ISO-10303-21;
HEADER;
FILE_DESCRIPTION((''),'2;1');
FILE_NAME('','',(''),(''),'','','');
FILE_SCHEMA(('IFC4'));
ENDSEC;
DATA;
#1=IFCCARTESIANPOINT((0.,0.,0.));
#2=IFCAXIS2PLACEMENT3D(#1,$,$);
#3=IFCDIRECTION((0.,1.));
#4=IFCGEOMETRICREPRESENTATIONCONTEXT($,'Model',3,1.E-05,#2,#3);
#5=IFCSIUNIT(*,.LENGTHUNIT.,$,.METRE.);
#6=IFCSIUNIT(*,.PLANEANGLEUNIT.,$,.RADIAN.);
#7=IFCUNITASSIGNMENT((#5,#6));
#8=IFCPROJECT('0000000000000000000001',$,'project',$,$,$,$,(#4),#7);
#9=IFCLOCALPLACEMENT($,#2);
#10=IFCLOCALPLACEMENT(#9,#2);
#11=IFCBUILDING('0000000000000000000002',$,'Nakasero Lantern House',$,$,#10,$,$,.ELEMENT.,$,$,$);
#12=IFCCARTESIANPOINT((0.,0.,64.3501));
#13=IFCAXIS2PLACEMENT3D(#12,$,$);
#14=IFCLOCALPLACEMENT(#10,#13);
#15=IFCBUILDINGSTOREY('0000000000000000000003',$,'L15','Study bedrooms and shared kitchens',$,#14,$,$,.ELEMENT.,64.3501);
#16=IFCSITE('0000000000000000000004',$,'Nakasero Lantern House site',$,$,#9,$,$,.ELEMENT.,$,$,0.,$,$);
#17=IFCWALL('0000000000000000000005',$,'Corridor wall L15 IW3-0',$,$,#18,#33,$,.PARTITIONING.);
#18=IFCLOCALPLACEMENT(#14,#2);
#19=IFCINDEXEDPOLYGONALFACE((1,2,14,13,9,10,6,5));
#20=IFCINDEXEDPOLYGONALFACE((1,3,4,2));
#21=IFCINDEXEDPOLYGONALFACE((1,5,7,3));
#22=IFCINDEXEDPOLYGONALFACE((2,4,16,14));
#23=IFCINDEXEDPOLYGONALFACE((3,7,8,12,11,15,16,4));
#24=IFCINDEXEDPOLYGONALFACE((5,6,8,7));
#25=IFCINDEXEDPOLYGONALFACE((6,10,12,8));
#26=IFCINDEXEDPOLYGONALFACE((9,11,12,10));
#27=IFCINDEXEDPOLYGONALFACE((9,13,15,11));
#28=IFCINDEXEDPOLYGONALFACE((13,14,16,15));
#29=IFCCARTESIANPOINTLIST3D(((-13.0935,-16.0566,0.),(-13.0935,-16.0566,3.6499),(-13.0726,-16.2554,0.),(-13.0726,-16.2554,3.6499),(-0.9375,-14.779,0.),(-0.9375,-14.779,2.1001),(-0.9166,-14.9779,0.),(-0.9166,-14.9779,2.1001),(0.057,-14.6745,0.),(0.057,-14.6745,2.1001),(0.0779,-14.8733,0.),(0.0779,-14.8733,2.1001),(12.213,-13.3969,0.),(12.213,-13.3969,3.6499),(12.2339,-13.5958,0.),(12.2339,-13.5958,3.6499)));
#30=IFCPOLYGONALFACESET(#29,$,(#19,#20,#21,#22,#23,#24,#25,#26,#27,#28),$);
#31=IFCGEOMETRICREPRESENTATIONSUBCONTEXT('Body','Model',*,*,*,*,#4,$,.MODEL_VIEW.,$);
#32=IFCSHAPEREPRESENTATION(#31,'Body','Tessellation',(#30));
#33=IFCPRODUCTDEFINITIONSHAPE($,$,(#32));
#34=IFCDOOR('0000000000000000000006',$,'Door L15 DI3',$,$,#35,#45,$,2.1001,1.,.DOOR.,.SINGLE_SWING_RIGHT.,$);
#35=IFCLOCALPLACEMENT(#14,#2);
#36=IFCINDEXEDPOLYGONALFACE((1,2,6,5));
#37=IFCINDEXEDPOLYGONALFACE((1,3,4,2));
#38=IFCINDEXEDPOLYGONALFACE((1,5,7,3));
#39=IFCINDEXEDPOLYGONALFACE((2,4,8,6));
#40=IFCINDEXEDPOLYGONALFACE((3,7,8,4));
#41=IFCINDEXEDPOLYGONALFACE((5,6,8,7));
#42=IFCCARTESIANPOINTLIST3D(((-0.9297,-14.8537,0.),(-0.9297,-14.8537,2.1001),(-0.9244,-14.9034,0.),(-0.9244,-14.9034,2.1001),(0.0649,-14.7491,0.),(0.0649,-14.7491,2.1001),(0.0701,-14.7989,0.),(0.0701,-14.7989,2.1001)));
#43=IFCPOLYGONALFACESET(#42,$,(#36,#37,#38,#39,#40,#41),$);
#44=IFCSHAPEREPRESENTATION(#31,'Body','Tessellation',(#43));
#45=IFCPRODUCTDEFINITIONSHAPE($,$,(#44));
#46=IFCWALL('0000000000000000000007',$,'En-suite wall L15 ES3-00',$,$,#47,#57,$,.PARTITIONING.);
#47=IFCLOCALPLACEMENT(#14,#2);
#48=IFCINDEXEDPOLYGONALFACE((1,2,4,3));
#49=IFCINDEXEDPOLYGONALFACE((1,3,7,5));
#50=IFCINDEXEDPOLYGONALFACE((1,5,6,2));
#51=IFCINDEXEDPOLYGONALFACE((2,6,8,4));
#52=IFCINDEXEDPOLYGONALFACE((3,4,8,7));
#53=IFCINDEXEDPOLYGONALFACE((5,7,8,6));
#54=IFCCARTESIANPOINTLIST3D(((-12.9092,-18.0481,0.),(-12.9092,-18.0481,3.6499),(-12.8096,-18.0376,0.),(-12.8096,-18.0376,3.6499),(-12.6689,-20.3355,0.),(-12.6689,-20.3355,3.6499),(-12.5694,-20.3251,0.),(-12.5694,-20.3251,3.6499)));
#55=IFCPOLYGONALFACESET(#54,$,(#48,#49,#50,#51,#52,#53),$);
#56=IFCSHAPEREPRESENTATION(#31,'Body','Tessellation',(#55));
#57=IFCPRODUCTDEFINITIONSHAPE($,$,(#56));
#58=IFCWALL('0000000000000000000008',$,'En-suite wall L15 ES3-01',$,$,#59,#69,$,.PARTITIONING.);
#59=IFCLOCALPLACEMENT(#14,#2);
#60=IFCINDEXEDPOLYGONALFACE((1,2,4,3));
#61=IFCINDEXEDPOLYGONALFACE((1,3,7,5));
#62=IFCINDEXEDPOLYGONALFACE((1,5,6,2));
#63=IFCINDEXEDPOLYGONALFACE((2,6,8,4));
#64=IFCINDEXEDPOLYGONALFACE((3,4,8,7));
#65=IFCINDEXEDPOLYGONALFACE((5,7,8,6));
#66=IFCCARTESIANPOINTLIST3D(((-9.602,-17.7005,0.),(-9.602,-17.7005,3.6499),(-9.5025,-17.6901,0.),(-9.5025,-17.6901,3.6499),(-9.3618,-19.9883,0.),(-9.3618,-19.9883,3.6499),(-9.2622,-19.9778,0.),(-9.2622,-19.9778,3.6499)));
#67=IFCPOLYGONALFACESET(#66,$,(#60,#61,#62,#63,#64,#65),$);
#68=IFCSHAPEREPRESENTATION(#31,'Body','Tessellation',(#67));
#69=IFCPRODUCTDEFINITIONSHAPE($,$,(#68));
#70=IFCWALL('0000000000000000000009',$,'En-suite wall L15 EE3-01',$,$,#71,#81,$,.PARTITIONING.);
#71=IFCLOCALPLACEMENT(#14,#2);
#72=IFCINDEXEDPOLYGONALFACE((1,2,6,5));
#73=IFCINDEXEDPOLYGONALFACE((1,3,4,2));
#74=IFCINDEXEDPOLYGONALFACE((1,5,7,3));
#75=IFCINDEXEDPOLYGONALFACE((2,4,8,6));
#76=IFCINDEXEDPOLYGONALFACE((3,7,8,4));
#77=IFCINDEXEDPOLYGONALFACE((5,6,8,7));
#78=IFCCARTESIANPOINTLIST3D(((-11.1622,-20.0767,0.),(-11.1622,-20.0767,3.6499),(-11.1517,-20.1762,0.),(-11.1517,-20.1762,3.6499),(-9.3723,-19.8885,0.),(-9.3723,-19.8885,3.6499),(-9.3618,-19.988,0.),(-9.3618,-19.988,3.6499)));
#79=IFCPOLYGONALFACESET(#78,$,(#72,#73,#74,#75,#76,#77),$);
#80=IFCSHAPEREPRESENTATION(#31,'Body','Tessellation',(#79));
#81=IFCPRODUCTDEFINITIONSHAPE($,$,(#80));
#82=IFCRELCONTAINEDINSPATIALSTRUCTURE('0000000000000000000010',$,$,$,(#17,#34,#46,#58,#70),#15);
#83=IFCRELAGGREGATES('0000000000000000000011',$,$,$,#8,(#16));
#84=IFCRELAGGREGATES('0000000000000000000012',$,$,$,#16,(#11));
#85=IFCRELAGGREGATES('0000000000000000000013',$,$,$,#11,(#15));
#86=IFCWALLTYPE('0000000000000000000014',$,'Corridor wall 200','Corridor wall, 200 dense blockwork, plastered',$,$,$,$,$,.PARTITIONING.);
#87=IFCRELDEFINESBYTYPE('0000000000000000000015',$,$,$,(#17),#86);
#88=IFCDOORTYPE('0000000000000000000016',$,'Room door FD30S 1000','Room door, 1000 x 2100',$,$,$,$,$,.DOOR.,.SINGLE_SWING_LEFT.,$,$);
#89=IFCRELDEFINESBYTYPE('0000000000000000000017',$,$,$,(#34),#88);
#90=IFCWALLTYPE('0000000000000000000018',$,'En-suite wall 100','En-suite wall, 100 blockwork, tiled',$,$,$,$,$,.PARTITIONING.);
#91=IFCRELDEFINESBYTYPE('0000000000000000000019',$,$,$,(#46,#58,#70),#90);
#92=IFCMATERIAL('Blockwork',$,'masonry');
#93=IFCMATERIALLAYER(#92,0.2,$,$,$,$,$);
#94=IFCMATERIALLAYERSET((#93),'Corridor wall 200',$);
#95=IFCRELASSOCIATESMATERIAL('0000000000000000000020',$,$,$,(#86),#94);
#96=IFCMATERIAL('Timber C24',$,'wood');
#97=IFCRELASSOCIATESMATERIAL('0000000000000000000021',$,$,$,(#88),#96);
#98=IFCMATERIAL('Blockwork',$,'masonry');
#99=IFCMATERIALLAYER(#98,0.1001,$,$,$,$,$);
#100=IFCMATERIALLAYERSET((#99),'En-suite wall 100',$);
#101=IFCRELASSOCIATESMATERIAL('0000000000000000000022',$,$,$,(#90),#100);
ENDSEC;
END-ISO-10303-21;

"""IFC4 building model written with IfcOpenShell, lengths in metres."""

from ifc_helpers import new_model, si_unit, direction, frame, frame_2d, origin, place, context, subcontext, project, spatial, rectangle, extrude, material, layer, layer_set, type_object, element, fill, save


model = new_model("IFC4")

# Units and contexts
model_context = context("Model", 3, precision=1e-05, world=origin(), true_north=direction((0.0, 1.0)))
body_context = subcontext(model_context, "Body", "Model", "MODEL_VIEW")
ifc_project = project(units=[si_unit("LENGTHUNIT", "METRE"), si_unit("PLANEANGLEUNIT", "RADIAN")], contexts=[model_context])

# Site, building, storey
site_placement = place(None, origin())
site = spatial("IfcSite", under=ifc_project, at=site_placement, Name="Nakasero Lantern House site", CompositionType="ELEMENT", RefElevation=0.0)
building_placement = place(site_placement, origin())
building = spatial("IfcBuilding", under=site, at=building_placement, Name="Nakasero Lantern House", CompositionType="ELEMENT")
storey_placement = place(building_placement, frame((0.0, 0.0, 64.3501)))
storey = spatial("IfcBuildingStorey", under=building, at=storey_placement, Name="L15", Description="Study bedrooms and shared kitchens", CompositionType="ELEMENT", Elevation=64.3501)

# Shared definitions
ifc_material_1 = material(Name="Blockwork", Category="masonry")
ifc_layer_1 = layer(ifc_material_1, 0.2)
ifc_layer_set_1 = layer_set([ifc_layer_1], Name="Corridor wall 200")
wall_type_1 = type_object("IfcWallType", Name="Corridor wall 200", Description="Corridor wall, 200 dense blockwork, plastered", PredefinedType="PARTITIONING", material=ifc_layer_set_1)

# Wall, opening, door
wall_1_placement = place(storey_placement, frame((-13.083, -16.156, 0.0), z_axis=(0.0, 0.0, 1.0), x_axis=(0.994522, 0.104523, 0.0)))
wall_1 = element("IfcWall", 1, at=wall_1_placement, inside=storey, type_object=wall_type_1, Name="Corridor wall L15 IW3-0", PredefinedType="PARTITIONING", context=body_context, shape_type="SweptSolid", body=[
    extrude(rectangle(XDim=25.4458, YDim=0.2, at=frame_2d((12.7229, 0.0))), origin(), (0.0, 0.0, 1.0), 3.6499),
])
opening_1_placement = place(wall_1_placement, frame((12.2229, 0.0, 0.0)))
opening_1 = element("IfcOpeningElement", 2, at=opening_1_placement, cuts=wall_1, PredefinedType="OPENING", context=body_context, shape_type="SweptSolid", body=[
    extrude(rectangle(XDim=1.0, YDim=2.1001, at=frame_2d((0.5, 1.05))), frame((0.0, 0.1199, 0.0), z_axis=(0.0, -1.0, 0.0), x_axis=(1.0, 0.0, 0.0)), (0.0, 0.0, 1.0), 0.24),
])
ifc_material_2 = material(Name="Timber C24", Category="wood")
door_type_1 = type_object("IfcDoorType", Name="Room door FD30S 1000", Description="Room door, 1000 x 2100", OperationType="SINGLE_SWING_LEFT", PredefinedType="DOOR", material=ifc_material_2)
door_1_placement = place(opening_1_placement, origin())
door_1 = element("IfcDoor", 3, at=door_1_placement, inside=storey, type_object=door_type_1, Name="Door L15 DI3", OperationType="SINGLE_SWING_RIGHT", OverallHeight=2.1001, OverallWidth=1.0, PredefinedType="DOOR", context=body_context, shape_type="SweptSolid", body=[
    extrude(rectangle(XDim=1.0, YDim=2.1001, at=frame_2d((0.5, 1.05))), frame((0.0, 0.0249, 0.0), z_axis=(0.0, -1.0, 0.0), x_axis=(1.0, 0.0, 0.0)), (0.0, 0.0, 1.0), 0.05),
])
fill(opening_1, door_1)

# Walls
ifc_material_3 = material(Name="Blockwork", Category="masonry")
ifc_layer_2 = layer(ifc_material_3, 0.1001)
ifc_layer_set_2 = layer_set([ifc_layer_2], Name="En-suite wall 100")
wall_type_2 = type_object("IfcWallType", Name="En-suite wall 100", Description="En-suite wall, 100 blockwork, tiled", PredefinedType="PARTITIONING", material=ifc_layer_set_2)
wall_2_placement = place(storey_placement, frame((-12.8594, -18.043, 0.0), z_axis=(0.0, 0.0, 1.0), x_axis=(0.104453, -0.99453, 0.0)))
element("IfcWall", 4, at=wall_2_placement, inside=storey, type_object=wall_type_2, Name="En-suite wall L15 ES3-00", PredefinedType="PARTITIONING", context=body_context, shape_type="SweptSolid", body=[
    extrude(rectangle(XDim=2.3, YDim=0.1001, at=frame_2d((1.1499, 0.0))), origin(), (0.0, 0.0, 1.0), 3.6499),
])
wall_3_placement = place(storey_placement, frame((-9.5522, -17.6953, 0.0), z_axis=(0.0, 0.0, 1.0), x_axis=(0.104442, -0.994531, 0.0)))
element("IfcWall", 5, at=wall_3_placement, inside=storey, type_object=wall_type_2, Name="En-suite wall L15 ES3-01", PredefinedType="PARTITIONING", context=body_context, shape_type="SweptSolid", body=[
    extrude(rectangle(XDim=2.3003, YDim=0.1001, at=frame_2d((1.1501, 0.0))), origin(), (0.0, 0.0, 1.0), 3.6499),
])
wall_4_placement = place(storey_placement, frame((-11.157, -20.1265, 0.0), z_axis=(0.0, 0.0, 1.0), x_axis=(0.994517, 0.104579, 0.0)))
element("IfcWall", 6, at=wall_4_placement, inside=storey, type_object=wall_type_2, Name="En-suite wall L15 EE3-01", PredefinedType="PARTITIONING", context=body_context, shape_type="SweptSolid", body=[
    extrude(rectangle(XDim=1.7998, YDim=0.1001, at=frame_2d((0.8999, 0.0))), origin(), (0.0, 0.0, 1.0), 3.6499),
])

save(model, "model.ifc")
